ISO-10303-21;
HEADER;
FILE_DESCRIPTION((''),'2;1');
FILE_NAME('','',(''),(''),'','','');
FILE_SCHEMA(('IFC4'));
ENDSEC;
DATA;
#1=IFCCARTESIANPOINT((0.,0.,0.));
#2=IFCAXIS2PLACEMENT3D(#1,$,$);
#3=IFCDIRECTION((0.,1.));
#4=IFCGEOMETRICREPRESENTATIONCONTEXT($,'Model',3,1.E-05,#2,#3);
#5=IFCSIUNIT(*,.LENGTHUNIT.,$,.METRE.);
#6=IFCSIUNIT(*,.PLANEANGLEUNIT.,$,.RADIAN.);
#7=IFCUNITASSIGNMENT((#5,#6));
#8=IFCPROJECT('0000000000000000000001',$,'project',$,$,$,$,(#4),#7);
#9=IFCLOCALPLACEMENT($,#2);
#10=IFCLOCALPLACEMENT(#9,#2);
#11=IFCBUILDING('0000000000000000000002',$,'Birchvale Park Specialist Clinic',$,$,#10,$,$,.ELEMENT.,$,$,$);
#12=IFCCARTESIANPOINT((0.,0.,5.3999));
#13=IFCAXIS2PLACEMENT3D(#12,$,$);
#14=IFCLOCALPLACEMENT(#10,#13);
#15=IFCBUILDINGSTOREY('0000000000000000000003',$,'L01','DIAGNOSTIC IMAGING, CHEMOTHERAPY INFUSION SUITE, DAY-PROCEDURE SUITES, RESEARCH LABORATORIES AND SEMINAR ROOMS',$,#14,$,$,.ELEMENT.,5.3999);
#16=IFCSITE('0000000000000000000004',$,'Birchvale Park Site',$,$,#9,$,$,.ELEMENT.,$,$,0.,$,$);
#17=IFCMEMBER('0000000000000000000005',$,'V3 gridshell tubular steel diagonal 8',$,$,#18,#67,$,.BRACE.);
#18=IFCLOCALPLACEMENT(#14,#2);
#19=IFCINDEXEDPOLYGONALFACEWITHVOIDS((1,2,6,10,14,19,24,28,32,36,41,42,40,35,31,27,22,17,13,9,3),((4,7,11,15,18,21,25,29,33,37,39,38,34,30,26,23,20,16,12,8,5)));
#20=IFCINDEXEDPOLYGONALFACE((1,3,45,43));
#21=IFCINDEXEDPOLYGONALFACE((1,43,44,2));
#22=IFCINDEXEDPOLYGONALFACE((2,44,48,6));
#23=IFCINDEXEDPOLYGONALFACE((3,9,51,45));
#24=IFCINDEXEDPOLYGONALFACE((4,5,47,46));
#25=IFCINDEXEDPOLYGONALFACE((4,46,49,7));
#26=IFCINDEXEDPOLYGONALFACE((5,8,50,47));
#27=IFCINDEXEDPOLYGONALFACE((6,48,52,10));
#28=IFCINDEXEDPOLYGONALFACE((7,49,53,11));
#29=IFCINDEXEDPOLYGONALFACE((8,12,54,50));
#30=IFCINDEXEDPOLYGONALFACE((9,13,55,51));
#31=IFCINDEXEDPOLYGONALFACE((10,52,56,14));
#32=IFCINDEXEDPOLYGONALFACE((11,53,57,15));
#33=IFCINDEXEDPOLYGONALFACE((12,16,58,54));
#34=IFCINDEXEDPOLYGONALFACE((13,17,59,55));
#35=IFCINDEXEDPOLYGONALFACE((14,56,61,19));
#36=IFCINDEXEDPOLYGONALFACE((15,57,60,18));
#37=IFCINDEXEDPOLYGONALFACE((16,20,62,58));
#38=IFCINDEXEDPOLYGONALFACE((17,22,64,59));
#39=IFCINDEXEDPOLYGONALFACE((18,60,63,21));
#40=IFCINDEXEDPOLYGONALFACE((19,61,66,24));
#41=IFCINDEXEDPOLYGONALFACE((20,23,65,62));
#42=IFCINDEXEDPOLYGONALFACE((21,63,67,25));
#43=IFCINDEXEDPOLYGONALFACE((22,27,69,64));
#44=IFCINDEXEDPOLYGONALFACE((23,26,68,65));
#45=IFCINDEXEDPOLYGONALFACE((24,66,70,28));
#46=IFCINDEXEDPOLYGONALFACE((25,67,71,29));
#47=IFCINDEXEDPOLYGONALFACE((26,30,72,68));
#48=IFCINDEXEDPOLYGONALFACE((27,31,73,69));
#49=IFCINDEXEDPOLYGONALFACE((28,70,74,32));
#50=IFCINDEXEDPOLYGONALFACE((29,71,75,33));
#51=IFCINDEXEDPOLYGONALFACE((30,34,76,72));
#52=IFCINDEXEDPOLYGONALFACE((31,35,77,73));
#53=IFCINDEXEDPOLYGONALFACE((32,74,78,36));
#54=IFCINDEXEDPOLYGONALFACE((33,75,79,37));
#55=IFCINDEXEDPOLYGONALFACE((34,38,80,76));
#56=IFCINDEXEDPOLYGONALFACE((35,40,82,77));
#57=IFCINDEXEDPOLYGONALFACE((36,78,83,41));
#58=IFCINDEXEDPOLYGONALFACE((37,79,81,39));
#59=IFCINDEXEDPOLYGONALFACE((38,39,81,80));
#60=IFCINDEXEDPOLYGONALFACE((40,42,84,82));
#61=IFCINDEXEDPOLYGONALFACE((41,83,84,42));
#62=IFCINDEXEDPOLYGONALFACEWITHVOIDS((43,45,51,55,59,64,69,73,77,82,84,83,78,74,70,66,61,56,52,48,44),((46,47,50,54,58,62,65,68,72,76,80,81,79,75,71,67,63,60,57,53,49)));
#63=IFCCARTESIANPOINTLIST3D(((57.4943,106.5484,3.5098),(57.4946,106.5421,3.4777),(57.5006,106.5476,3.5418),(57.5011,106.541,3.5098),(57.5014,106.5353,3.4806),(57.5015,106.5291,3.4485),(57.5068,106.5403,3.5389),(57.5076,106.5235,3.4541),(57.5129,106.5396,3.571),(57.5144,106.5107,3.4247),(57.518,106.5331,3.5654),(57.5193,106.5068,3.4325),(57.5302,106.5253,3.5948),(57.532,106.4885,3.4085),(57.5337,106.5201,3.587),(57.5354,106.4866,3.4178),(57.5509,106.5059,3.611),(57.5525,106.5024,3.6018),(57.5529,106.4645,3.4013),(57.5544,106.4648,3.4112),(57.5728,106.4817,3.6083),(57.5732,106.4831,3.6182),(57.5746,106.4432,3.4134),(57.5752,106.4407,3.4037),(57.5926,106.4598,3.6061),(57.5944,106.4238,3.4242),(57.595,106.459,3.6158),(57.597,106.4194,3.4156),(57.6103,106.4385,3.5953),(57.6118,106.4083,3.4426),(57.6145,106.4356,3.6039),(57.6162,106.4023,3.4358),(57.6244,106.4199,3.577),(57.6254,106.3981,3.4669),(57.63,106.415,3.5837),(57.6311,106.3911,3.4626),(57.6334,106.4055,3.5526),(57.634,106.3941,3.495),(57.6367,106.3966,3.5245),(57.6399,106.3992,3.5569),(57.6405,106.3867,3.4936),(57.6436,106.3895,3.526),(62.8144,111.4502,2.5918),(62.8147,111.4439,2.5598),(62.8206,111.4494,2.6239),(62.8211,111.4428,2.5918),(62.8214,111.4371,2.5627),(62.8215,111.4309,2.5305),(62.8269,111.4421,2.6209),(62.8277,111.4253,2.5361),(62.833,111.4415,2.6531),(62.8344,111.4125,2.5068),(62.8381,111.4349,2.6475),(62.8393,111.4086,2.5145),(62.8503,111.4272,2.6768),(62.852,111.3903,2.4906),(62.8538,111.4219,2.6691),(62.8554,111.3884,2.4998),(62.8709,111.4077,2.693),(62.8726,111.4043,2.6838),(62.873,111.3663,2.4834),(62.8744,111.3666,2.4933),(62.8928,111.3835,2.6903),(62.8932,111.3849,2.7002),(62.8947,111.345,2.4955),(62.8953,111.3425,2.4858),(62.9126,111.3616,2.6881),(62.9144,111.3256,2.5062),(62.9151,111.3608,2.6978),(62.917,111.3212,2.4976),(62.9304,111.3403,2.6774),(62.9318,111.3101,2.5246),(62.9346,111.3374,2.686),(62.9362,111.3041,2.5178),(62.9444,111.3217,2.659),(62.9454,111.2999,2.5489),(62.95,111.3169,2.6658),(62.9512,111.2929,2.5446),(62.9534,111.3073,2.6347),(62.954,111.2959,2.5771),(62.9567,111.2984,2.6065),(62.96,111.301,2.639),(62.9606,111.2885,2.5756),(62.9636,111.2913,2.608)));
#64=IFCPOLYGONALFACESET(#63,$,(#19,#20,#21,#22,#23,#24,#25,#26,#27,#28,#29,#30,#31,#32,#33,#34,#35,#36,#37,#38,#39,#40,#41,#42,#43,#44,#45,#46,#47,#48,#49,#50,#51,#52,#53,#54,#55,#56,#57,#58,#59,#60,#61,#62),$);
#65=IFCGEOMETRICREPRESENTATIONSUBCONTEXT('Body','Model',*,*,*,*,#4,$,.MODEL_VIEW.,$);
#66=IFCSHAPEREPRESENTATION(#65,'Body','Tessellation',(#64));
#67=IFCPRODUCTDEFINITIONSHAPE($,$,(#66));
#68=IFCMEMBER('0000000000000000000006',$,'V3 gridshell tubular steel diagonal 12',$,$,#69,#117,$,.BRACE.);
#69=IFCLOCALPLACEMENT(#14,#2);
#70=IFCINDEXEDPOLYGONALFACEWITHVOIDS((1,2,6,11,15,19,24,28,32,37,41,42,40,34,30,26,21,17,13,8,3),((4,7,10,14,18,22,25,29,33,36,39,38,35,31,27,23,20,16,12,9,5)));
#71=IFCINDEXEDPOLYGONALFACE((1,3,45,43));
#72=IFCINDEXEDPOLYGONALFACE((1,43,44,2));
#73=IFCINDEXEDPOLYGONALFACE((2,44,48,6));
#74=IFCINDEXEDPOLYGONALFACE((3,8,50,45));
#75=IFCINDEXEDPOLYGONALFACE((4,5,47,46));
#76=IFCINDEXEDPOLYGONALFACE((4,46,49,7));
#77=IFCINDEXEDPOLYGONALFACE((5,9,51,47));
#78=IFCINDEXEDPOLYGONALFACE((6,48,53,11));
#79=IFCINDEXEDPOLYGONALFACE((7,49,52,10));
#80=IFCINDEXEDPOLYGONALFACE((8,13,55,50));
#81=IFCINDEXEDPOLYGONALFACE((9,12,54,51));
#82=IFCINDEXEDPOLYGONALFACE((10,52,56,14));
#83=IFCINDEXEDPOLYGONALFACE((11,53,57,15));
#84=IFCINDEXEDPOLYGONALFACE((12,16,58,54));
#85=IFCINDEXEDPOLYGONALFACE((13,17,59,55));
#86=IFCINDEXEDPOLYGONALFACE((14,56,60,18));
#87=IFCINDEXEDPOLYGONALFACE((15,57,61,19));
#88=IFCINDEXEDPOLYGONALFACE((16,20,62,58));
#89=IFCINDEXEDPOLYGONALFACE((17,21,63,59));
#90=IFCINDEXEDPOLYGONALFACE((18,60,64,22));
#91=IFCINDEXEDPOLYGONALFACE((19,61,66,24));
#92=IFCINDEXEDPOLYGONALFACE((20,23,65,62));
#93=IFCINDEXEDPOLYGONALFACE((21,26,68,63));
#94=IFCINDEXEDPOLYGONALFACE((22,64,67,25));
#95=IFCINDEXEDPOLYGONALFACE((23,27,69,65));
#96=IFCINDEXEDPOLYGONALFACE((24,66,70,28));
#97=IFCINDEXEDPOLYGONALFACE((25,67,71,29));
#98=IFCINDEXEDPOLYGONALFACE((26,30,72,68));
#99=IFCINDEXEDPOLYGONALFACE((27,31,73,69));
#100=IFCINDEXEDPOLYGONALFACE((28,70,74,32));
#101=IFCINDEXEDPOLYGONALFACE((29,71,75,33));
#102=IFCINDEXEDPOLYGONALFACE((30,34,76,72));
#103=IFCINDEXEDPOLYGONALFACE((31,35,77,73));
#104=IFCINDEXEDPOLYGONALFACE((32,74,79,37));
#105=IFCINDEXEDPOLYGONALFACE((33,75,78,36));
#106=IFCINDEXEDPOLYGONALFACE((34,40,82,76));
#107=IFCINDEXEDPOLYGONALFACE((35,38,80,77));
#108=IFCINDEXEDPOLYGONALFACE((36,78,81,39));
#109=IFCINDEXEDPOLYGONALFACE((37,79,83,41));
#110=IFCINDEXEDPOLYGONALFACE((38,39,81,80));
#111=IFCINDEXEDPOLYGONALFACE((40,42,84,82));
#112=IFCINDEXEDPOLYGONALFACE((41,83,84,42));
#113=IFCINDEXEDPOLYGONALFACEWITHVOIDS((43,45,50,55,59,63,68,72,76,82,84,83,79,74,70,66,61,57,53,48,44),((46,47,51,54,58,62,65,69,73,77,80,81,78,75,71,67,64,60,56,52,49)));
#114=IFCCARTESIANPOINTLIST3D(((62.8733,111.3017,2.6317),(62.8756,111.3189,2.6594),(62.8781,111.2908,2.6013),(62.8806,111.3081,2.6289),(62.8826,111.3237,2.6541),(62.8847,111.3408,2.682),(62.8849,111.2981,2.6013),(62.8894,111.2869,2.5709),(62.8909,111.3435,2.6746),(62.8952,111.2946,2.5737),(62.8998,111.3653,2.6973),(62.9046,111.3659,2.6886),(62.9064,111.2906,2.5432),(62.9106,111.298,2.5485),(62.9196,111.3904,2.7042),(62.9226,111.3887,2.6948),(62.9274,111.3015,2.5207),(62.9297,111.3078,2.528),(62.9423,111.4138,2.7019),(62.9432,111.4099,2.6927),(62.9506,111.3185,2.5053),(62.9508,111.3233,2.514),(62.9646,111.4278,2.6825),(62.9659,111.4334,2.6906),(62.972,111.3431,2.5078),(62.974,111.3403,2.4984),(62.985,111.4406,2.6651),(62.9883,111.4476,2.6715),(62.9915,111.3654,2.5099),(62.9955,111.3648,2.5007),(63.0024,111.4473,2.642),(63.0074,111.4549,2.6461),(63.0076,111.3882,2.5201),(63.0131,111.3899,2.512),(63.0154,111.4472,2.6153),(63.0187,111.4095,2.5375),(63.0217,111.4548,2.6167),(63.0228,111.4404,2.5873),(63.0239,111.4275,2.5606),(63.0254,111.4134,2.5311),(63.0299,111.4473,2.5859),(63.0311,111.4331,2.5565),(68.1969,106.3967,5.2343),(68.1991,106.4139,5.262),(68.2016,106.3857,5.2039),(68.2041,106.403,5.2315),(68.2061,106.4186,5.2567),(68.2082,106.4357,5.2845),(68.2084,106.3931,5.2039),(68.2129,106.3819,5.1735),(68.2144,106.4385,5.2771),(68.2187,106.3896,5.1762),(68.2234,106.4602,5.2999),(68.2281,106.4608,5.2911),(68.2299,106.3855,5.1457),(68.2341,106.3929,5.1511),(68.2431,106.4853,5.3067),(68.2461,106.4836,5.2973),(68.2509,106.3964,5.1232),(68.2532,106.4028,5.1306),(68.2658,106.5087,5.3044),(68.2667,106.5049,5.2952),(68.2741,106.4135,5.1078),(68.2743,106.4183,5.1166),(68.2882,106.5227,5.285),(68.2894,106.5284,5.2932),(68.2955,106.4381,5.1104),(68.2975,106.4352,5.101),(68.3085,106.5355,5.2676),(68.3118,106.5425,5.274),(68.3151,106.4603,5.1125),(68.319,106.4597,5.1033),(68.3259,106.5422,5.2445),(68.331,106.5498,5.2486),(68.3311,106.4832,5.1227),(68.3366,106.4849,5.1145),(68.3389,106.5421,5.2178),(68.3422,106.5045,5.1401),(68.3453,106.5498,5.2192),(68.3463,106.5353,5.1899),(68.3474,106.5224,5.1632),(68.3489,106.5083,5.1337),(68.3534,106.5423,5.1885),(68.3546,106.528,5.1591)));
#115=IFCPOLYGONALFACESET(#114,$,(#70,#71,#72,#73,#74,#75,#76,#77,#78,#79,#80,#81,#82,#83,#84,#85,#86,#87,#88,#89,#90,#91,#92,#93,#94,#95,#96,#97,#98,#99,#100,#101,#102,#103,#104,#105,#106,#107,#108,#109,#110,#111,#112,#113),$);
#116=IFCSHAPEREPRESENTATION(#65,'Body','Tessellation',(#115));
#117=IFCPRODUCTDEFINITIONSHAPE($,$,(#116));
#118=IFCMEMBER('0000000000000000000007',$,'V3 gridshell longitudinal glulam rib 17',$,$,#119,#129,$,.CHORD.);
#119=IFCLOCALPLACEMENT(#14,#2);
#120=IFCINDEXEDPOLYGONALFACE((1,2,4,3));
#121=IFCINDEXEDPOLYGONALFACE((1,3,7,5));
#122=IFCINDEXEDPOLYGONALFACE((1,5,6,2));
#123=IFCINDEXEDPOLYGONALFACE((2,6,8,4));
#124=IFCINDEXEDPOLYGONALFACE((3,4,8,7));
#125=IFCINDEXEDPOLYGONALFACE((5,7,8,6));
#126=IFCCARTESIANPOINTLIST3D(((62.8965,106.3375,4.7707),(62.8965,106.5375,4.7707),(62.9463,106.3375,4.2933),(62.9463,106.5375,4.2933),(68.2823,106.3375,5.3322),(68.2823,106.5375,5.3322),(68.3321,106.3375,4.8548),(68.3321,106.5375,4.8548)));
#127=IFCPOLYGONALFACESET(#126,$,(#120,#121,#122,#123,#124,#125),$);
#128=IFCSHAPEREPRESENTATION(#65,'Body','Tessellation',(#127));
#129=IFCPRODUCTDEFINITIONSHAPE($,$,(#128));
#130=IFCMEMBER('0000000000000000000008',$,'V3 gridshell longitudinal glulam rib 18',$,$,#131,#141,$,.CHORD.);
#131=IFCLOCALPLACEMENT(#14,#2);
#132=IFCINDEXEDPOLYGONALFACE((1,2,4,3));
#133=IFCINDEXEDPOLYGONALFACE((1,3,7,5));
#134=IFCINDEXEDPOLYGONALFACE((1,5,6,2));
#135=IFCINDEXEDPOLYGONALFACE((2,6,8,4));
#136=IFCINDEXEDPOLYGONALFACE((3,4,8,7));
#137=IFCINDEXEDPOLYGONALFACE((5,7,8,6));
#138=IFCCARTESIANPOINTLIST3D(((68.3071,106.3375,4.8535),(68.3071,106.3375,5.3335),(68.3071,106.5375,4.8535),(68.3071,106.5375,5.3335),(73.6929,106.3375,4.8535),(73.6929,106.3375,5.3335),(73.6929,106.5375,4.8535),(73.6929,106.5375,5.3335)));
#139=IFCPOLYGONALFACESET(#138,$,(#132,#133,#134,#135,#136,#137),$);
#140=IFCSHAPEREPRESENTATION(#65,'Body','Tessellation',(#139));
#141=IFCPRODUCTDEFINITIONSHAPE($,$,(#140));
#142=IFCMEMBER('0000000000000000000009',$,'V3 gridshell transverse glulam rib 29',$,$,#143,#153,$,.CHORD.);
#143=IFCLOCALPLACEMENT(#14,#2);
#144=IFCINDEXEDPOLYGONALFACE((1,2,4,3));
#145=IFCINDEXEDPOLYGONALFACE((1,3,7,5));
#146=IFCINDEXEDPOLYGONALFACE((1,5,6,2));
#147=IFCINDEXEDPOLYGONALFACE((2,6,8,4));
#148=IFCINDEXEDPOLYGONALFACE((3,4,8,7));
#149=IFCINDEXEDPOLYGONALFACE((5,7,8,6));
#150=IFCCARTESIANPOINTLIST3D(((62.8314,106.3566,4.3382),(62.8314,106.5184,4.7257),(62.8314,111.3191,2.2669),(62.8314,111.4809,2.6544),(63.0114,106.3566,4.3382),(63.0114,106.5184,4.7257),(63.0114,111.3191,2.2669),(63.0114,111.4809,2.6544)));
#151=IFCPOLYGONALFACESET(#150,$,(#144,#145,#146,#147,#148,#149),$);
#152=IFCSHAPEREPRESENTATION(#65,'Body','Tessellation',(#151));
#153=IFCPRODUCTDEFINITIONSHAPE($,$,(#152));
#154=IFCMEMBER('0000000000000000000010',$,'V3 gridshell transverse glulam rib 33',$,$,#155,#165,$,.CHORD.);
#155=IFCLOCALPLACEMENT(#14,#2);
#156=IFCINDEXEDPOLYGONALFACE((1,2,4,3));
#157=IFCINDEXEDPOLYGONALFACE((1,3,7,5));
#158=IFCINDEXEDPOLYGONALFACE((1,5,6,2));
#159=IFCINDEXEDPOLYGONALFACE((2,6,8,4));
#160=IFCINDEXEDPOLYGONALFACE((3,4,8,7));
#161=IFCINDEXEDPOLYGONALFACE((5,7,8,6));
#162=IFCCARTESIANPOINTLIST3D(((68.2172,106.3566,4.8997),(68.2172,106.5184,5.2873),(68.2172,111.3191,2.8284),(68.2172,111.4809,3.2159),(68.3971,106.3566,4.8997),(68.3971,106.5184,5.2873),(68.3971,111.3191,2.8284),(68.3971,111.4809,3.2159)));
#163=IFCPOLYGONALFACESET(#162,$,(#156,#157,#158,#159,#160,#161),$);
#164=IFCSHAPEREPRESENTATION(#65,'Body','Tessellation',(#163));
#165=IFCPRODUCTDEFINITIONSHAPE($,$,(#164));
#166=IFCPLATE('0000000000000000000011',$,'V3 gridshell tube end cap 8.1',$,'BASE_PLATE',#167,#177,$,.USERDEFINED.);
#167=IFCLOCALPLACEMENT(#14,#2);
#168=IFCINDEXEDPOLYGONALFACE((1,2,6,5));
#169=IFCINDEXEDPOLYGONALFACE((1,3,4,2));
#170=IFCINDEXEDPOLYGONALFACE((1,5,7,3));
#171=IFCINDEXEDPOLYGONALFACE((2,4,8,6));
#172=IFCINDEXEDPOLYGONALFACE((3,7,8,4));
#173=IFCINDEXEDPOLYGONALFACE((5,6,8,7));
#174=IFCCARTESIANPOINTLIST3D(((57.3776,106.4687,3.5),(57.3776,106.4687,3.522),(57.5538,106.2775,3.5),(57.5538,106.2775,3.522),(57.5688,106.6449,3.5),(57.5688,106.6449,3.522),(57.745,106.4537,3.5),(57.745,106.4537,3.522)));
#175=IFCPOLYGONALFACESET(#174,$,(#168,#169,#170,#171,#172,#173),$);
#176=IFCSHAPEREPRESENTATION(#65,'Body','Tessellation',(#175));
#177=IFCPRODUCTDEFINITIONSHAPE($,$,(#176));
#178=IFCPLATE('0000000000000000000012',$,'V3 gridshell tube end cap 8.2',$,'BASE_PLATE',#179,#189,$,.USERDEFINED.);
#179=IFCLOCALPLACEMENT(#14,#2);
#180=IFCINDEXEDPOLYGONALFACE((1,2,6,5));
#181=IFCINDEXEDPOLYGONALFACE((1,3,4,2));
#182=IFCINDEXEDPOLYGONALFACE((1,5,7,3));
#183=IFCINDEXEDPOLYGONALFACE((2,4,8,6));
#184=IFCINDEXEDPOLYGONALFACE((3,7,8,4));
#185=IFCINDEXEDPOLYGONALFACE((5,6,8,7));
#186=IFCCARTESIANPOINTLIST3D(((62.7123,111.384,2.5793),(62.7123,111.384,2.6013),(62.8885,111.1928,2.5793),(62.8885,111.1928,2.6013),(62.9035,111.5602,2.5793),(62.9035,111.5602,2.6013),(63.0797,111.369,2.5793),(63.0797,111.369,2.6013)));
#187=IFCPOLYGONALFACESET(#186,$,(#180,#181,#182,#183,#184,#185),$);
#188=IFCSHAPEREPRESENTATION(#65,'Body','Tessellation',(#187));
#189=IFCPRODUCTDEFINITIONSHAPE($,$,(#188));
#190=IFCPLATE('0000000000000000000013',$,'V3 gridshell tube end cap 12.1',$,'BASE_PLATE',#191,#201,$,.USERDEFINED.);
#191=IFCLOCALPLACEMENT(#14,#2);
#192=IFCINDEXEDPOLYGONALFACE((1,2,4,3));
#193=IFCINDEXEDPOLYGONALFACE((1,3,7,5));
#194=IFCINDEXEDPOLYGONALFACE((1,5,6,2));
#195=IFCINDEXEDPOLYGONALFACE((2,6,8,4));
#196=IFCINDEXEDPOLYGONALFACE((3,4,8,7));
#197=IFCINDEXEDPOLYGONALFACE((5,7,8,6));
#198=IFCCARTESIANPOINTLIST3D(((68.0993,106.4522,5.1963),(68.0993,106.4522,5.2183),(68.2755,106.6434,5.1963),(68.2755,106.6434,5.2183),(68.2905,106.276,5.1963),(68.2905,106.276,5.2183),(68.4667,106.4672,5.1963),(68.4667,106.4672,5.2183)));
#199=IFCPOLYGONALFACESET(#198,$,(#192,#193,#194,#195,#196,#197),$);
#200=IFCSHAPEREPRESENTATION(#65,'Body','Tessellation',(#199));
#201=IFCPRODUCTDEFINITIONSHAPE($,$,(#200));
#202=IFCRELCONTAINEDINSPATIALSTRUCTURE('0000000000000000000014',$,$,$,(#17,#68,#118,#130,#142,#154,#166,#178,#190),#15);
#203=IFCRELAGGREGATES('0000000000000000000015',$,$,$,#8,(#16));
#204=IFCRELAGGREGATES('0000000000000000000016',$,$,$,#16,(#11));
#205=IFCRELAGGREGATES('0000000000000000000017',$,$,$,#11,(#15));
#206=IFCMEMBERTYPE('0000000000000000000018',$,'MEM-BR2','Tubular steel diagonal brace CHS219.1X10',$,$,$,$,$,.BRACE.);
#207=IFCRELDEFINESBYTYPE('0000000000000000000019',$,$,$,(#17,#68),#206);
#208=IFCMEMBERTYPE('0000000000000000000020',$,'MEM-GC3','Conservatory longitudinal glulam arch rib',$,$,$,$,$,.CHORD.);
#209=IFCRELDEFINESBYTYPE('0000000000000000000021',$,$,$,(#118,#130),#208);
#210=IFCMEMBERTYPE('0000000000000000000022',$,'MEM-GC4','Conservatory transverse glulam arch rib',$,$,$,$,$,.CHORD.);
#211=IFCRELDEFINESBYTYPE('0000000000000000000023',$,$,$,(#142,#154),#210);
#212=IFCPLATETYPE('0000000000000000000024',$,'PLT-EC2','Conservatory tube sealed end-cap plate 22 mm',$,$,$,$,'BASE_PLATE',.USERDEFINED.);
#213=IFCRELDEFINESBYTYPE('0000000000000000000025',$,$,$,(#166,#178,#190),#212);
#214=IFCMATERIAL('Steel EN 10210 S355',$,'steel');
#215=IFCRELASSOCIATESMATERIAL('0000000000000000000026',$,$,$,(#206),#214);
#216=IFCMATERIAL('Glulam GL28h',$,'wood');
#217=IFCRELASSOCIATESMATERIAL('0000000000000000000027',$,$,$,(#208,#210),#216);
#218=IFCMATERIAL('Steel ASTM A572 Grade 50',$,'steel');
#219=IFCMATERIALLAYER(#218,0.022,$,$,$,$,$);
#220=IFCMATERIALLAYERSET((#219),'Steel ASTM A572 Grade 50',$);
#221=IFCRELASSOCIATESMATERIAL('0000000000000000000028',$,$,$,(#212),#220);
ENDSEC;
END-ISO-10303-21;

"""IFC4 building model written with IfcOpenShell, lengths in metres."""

from ifc_helpers import new_model, si_unit, direction, frame, origin, origin_2d, place, context, subcontext, project, spatial, rectangle, hollow_circle, extrude, material, layer, layer_set, material_profile, profile_set, type_object, element, save


model = new_model("IFC4")

# Units and contexts
model_context = context("Model", 3, precision=1e-05, world=origin(), true_north=direction((0.0, 1.0)))
body_context = subcontext(model_context, "Body", "Model", "MODEL_VIEW")
ifc_project = project(units=[si_unit("LENGTHUNIT", "METRE"), si_unit("PLANEANGLEUNIT", "RADIAN")], contexts=[model_context])

# Site, building, storey
site_placement = place(None, origin())
site = spatial("IfcSite", under=ifc_project, at=site_placement, Name="Birchvale Park Site", CompositionType="ELEMENT", RefElevation=0.0)
building_placement = place(site_placement, origin())
building = spatial("IfcBuilding", under=site, at=building_placement, Name="Birchvale Park Specialist Clinic", CompositionType="ELEMENT")
storey_placement = place(building_placement, frame((0.0, 0.0, 5.3999)))
storey = spatial("IfcBuildingStorey", under=building, at=storey_placement, Name="L01", Description="DIAGNOSTIC IMAGING, CHEMOTHERAPY INFUSION SUITE, DAY-PROCEDURE SUITES, RESEARCH LABORATORIES AND SEMINAR ROOMS", CompositionType="ELEMENT", Elevation=5.3999)

# Members
ifc_material_1 = material(Name="Steel EN 10210 S355", Category="steel")
ifc_material_profile_1 = material_profile(ifc_material_1, hollow_circle(Radius=0.1096, WallThickness=0.01, at=origin_2d()), Name="CHS219.1X10")
ifc_profile_set_1 = profile_set([ifc_material_profile_1], Name="Steel EN 10210 S355")
member_type_1 = type_object("IfcMemberType", Name="MEM-BR2", Description="Tubular steel diagonal brace CHS219.1X10", PredefinedType="BRACE", material=ifc_profile_set_1)
member_1_placement = place(storey_placement, frame((57.5686, 106.4678, 3.5098), z_axis=(0.729571, 0.672219, -0.125886), x_axis=(-0.67761, 0.735422, 0.0)))
element("IfcMember", 1, at=member_1_placement, inside=storey, type_object=member_type_1, Name="V3 gridshell tubular steel diagonal 8", PredefinedType="BRACE", context=body_context, shape_type="SweptSolid", body=[
    extrude(hollow_circle(Radius=0.1096, WallThickness=0.01, at=origin_2d()), origin(), (0.0, 0.0, 1.0), 7.292),
])
member_2_placement = place(storey_placement, frame((68.2759, 106.4663, 5.2039), z_axis=(-0.692051, 0.637651, -0.338329), x_axis=(-0.677612, -0.73542, 0.0)))
element("IfcMember", 2, at=member_2_placement, inside=storey, type_object=member_type_1, Name="V3 gridshell tubular steel diagonal 12", PredefinedType="BRACE", context=body_context, shape_type="SweptSolid", body=[
    extrude(hollow_circle(Radius=0.1096, WallThickness=0.01, at=origin_2d()), origin(), (0.0, 0.0, 1.0), 7.6924),
])
ifc_material_2 = material(Name="Glulam GL28h", Category="wood")
ifc_material_profile_2 = material_profile(ifc_material_2, rectangle(XDim=0.2, YDim=0.48, at=origin_2d()), Name="GL-200x480")
ifc_profile_set_2 = profile_set([ifc_material_profile_2], Name="Glulam GL28h")
member_type_2 = type_object("IfcMemberType", Name="MEM-GC3", Description="Conservatory longitudinal glulam arch rib", PredefinedType="CHORD", material=ifc_profile_set_2)
member_3_placement = place(storey_placement, frame((62.9214, 106.4375, 4.532), z_axis=(0.994609, 0.0, 0.103699), x_axis=(0.0, 1.0, 0.0)))
element("IfcMember", 3, at=member_3_placement, inside=storey, type_object=member_type_2, Name="V3 gridshell longitudinal glulam rib 17", PredefinedType="CHORD", context=body_context, shape_type="SweptSolid", body=[
    extrude(rectangle(XDim=0.2, YDim=0.48, at=origin_2d()), origin(), (0.0, 0.0, 1.0), 5.415),
])
member_4_placement = place(storey_placement, frame((68.3071, 106.4375, 5.0935), z_axis=(1.0, 0.0, 0.0), x_axis=(0.0, 1.0, 0.0)))
element("IfcMember", 4, at=member_4_placement, inside=storey, type_object=member_type_2, Name="V3 gridshell longitudinal glulam rib 18", PredefinedType="CHORD", context=body_context, shape_type="SweptSolid", body=[
    extrude(rectangle(XDim=0.2, YDim=0.48, at=origin_2d()), origin(), (0.0, 0.0, 1.0), 5.3857),
])
ifc_material_profile_3 = material_profile(ifc_material_2, rectangle(XDim=0.1799, YDim=0.4199, at=origin_2d()), Name="GL-180x420")
ifc_profile_set_3 = profile_set([ifc_material_profile_3], Name="Glulam GL28h")
member_type_3 = type_object("IfcMemberType", Name="MEM-GC4", Description="Conservatory transverse glulam arch rib", PredefinedType="CHORD", material=ifc_profile_set_3)
for number, where, z_axis, x_axis, name in (
    (5, (62.9214, 106.4375, 4.532), (0.0, 0.922838, -0.385189), (-1.0, 0.0, 0.0), "V3 gridshell transverse glulam rib 29"),
    (6, (68.3071, 106.4375, 5.0935), (0.0, 0.922838, -0.385189), (-1.0, 0.0, 0.0), "V3 gridshell transverse glulam rib 33"),
):
    element("IfcMember", number, at=place(storey_placement, frame(where, z_axis=z_axis, x_axis=x_axis)), inside=storey, type_object=member_type_3, Name=name, PredefinedType="CHORD", context=body_context, shape_type="SweptSolid", body=[
        extrude(rectangle(XDim=0.1799, YDim=0.4199, at=origin_2d()), origin(), (0.0, 0.0, 1.0), 5.3774),
    ])

# Plates
ifc_material_3 = material(Name="Steel ASTM A572 Grade 50", Category="steel")
ifc_layer_1 = layer(ifc_material_3, 0.022)
ifc_layer_set_1 = layer_set([ifc_layer_1], Name="Steel ASTM A572 Grade 50")
plate_type_1 = type_object("IfcPlateType", Name="PLT-EC2", Description="Conservatory tube sealed end-cap plate 22 mm", ElementType="BASE_PLATE", PredefinedType="USERDEFINED", material=ifc_layer_set_1)
for number, where, z_axis, x_axis, name in (
    (7, (57.5613, 106.4612, 3.5), (0.0, 0.0, 1.0), (0.735388, 0.677646, 0.0), "V3 gridshell tube end cap 8.1"),
    (8, (62.896, 111.3765, 2.5793), (0.0, 0.0, 1.0), (0.735388, 0.677646, 0.0), "V3 gridshell tube end cap 8.2"),
    (9, (68.283, 106.4597, 5.1963), (0.0, 0.0, 1.0), (-0.735388, 0.677646, 0.0), "V3 gridshell tube end cap 12.1"),
):
    element("IfcPlate", number, at=place(storey_placement, frame(where, z_axis=z_axis, x_axis=x_axis)), inside=storey, type_object=plate_type_1, Name=name, ObjectType="BASE_PLATE", PredefinedType="USERDEFINED", context=body_context, shape_type="SweptSolid", body=[
        extrude(rectangle(XDim=0.26, YDim=0.26, at=origin_2d()), origin(), (0.0, 0.0, 1.0), 0.022),
    ])

save(model, "model.ifc")
